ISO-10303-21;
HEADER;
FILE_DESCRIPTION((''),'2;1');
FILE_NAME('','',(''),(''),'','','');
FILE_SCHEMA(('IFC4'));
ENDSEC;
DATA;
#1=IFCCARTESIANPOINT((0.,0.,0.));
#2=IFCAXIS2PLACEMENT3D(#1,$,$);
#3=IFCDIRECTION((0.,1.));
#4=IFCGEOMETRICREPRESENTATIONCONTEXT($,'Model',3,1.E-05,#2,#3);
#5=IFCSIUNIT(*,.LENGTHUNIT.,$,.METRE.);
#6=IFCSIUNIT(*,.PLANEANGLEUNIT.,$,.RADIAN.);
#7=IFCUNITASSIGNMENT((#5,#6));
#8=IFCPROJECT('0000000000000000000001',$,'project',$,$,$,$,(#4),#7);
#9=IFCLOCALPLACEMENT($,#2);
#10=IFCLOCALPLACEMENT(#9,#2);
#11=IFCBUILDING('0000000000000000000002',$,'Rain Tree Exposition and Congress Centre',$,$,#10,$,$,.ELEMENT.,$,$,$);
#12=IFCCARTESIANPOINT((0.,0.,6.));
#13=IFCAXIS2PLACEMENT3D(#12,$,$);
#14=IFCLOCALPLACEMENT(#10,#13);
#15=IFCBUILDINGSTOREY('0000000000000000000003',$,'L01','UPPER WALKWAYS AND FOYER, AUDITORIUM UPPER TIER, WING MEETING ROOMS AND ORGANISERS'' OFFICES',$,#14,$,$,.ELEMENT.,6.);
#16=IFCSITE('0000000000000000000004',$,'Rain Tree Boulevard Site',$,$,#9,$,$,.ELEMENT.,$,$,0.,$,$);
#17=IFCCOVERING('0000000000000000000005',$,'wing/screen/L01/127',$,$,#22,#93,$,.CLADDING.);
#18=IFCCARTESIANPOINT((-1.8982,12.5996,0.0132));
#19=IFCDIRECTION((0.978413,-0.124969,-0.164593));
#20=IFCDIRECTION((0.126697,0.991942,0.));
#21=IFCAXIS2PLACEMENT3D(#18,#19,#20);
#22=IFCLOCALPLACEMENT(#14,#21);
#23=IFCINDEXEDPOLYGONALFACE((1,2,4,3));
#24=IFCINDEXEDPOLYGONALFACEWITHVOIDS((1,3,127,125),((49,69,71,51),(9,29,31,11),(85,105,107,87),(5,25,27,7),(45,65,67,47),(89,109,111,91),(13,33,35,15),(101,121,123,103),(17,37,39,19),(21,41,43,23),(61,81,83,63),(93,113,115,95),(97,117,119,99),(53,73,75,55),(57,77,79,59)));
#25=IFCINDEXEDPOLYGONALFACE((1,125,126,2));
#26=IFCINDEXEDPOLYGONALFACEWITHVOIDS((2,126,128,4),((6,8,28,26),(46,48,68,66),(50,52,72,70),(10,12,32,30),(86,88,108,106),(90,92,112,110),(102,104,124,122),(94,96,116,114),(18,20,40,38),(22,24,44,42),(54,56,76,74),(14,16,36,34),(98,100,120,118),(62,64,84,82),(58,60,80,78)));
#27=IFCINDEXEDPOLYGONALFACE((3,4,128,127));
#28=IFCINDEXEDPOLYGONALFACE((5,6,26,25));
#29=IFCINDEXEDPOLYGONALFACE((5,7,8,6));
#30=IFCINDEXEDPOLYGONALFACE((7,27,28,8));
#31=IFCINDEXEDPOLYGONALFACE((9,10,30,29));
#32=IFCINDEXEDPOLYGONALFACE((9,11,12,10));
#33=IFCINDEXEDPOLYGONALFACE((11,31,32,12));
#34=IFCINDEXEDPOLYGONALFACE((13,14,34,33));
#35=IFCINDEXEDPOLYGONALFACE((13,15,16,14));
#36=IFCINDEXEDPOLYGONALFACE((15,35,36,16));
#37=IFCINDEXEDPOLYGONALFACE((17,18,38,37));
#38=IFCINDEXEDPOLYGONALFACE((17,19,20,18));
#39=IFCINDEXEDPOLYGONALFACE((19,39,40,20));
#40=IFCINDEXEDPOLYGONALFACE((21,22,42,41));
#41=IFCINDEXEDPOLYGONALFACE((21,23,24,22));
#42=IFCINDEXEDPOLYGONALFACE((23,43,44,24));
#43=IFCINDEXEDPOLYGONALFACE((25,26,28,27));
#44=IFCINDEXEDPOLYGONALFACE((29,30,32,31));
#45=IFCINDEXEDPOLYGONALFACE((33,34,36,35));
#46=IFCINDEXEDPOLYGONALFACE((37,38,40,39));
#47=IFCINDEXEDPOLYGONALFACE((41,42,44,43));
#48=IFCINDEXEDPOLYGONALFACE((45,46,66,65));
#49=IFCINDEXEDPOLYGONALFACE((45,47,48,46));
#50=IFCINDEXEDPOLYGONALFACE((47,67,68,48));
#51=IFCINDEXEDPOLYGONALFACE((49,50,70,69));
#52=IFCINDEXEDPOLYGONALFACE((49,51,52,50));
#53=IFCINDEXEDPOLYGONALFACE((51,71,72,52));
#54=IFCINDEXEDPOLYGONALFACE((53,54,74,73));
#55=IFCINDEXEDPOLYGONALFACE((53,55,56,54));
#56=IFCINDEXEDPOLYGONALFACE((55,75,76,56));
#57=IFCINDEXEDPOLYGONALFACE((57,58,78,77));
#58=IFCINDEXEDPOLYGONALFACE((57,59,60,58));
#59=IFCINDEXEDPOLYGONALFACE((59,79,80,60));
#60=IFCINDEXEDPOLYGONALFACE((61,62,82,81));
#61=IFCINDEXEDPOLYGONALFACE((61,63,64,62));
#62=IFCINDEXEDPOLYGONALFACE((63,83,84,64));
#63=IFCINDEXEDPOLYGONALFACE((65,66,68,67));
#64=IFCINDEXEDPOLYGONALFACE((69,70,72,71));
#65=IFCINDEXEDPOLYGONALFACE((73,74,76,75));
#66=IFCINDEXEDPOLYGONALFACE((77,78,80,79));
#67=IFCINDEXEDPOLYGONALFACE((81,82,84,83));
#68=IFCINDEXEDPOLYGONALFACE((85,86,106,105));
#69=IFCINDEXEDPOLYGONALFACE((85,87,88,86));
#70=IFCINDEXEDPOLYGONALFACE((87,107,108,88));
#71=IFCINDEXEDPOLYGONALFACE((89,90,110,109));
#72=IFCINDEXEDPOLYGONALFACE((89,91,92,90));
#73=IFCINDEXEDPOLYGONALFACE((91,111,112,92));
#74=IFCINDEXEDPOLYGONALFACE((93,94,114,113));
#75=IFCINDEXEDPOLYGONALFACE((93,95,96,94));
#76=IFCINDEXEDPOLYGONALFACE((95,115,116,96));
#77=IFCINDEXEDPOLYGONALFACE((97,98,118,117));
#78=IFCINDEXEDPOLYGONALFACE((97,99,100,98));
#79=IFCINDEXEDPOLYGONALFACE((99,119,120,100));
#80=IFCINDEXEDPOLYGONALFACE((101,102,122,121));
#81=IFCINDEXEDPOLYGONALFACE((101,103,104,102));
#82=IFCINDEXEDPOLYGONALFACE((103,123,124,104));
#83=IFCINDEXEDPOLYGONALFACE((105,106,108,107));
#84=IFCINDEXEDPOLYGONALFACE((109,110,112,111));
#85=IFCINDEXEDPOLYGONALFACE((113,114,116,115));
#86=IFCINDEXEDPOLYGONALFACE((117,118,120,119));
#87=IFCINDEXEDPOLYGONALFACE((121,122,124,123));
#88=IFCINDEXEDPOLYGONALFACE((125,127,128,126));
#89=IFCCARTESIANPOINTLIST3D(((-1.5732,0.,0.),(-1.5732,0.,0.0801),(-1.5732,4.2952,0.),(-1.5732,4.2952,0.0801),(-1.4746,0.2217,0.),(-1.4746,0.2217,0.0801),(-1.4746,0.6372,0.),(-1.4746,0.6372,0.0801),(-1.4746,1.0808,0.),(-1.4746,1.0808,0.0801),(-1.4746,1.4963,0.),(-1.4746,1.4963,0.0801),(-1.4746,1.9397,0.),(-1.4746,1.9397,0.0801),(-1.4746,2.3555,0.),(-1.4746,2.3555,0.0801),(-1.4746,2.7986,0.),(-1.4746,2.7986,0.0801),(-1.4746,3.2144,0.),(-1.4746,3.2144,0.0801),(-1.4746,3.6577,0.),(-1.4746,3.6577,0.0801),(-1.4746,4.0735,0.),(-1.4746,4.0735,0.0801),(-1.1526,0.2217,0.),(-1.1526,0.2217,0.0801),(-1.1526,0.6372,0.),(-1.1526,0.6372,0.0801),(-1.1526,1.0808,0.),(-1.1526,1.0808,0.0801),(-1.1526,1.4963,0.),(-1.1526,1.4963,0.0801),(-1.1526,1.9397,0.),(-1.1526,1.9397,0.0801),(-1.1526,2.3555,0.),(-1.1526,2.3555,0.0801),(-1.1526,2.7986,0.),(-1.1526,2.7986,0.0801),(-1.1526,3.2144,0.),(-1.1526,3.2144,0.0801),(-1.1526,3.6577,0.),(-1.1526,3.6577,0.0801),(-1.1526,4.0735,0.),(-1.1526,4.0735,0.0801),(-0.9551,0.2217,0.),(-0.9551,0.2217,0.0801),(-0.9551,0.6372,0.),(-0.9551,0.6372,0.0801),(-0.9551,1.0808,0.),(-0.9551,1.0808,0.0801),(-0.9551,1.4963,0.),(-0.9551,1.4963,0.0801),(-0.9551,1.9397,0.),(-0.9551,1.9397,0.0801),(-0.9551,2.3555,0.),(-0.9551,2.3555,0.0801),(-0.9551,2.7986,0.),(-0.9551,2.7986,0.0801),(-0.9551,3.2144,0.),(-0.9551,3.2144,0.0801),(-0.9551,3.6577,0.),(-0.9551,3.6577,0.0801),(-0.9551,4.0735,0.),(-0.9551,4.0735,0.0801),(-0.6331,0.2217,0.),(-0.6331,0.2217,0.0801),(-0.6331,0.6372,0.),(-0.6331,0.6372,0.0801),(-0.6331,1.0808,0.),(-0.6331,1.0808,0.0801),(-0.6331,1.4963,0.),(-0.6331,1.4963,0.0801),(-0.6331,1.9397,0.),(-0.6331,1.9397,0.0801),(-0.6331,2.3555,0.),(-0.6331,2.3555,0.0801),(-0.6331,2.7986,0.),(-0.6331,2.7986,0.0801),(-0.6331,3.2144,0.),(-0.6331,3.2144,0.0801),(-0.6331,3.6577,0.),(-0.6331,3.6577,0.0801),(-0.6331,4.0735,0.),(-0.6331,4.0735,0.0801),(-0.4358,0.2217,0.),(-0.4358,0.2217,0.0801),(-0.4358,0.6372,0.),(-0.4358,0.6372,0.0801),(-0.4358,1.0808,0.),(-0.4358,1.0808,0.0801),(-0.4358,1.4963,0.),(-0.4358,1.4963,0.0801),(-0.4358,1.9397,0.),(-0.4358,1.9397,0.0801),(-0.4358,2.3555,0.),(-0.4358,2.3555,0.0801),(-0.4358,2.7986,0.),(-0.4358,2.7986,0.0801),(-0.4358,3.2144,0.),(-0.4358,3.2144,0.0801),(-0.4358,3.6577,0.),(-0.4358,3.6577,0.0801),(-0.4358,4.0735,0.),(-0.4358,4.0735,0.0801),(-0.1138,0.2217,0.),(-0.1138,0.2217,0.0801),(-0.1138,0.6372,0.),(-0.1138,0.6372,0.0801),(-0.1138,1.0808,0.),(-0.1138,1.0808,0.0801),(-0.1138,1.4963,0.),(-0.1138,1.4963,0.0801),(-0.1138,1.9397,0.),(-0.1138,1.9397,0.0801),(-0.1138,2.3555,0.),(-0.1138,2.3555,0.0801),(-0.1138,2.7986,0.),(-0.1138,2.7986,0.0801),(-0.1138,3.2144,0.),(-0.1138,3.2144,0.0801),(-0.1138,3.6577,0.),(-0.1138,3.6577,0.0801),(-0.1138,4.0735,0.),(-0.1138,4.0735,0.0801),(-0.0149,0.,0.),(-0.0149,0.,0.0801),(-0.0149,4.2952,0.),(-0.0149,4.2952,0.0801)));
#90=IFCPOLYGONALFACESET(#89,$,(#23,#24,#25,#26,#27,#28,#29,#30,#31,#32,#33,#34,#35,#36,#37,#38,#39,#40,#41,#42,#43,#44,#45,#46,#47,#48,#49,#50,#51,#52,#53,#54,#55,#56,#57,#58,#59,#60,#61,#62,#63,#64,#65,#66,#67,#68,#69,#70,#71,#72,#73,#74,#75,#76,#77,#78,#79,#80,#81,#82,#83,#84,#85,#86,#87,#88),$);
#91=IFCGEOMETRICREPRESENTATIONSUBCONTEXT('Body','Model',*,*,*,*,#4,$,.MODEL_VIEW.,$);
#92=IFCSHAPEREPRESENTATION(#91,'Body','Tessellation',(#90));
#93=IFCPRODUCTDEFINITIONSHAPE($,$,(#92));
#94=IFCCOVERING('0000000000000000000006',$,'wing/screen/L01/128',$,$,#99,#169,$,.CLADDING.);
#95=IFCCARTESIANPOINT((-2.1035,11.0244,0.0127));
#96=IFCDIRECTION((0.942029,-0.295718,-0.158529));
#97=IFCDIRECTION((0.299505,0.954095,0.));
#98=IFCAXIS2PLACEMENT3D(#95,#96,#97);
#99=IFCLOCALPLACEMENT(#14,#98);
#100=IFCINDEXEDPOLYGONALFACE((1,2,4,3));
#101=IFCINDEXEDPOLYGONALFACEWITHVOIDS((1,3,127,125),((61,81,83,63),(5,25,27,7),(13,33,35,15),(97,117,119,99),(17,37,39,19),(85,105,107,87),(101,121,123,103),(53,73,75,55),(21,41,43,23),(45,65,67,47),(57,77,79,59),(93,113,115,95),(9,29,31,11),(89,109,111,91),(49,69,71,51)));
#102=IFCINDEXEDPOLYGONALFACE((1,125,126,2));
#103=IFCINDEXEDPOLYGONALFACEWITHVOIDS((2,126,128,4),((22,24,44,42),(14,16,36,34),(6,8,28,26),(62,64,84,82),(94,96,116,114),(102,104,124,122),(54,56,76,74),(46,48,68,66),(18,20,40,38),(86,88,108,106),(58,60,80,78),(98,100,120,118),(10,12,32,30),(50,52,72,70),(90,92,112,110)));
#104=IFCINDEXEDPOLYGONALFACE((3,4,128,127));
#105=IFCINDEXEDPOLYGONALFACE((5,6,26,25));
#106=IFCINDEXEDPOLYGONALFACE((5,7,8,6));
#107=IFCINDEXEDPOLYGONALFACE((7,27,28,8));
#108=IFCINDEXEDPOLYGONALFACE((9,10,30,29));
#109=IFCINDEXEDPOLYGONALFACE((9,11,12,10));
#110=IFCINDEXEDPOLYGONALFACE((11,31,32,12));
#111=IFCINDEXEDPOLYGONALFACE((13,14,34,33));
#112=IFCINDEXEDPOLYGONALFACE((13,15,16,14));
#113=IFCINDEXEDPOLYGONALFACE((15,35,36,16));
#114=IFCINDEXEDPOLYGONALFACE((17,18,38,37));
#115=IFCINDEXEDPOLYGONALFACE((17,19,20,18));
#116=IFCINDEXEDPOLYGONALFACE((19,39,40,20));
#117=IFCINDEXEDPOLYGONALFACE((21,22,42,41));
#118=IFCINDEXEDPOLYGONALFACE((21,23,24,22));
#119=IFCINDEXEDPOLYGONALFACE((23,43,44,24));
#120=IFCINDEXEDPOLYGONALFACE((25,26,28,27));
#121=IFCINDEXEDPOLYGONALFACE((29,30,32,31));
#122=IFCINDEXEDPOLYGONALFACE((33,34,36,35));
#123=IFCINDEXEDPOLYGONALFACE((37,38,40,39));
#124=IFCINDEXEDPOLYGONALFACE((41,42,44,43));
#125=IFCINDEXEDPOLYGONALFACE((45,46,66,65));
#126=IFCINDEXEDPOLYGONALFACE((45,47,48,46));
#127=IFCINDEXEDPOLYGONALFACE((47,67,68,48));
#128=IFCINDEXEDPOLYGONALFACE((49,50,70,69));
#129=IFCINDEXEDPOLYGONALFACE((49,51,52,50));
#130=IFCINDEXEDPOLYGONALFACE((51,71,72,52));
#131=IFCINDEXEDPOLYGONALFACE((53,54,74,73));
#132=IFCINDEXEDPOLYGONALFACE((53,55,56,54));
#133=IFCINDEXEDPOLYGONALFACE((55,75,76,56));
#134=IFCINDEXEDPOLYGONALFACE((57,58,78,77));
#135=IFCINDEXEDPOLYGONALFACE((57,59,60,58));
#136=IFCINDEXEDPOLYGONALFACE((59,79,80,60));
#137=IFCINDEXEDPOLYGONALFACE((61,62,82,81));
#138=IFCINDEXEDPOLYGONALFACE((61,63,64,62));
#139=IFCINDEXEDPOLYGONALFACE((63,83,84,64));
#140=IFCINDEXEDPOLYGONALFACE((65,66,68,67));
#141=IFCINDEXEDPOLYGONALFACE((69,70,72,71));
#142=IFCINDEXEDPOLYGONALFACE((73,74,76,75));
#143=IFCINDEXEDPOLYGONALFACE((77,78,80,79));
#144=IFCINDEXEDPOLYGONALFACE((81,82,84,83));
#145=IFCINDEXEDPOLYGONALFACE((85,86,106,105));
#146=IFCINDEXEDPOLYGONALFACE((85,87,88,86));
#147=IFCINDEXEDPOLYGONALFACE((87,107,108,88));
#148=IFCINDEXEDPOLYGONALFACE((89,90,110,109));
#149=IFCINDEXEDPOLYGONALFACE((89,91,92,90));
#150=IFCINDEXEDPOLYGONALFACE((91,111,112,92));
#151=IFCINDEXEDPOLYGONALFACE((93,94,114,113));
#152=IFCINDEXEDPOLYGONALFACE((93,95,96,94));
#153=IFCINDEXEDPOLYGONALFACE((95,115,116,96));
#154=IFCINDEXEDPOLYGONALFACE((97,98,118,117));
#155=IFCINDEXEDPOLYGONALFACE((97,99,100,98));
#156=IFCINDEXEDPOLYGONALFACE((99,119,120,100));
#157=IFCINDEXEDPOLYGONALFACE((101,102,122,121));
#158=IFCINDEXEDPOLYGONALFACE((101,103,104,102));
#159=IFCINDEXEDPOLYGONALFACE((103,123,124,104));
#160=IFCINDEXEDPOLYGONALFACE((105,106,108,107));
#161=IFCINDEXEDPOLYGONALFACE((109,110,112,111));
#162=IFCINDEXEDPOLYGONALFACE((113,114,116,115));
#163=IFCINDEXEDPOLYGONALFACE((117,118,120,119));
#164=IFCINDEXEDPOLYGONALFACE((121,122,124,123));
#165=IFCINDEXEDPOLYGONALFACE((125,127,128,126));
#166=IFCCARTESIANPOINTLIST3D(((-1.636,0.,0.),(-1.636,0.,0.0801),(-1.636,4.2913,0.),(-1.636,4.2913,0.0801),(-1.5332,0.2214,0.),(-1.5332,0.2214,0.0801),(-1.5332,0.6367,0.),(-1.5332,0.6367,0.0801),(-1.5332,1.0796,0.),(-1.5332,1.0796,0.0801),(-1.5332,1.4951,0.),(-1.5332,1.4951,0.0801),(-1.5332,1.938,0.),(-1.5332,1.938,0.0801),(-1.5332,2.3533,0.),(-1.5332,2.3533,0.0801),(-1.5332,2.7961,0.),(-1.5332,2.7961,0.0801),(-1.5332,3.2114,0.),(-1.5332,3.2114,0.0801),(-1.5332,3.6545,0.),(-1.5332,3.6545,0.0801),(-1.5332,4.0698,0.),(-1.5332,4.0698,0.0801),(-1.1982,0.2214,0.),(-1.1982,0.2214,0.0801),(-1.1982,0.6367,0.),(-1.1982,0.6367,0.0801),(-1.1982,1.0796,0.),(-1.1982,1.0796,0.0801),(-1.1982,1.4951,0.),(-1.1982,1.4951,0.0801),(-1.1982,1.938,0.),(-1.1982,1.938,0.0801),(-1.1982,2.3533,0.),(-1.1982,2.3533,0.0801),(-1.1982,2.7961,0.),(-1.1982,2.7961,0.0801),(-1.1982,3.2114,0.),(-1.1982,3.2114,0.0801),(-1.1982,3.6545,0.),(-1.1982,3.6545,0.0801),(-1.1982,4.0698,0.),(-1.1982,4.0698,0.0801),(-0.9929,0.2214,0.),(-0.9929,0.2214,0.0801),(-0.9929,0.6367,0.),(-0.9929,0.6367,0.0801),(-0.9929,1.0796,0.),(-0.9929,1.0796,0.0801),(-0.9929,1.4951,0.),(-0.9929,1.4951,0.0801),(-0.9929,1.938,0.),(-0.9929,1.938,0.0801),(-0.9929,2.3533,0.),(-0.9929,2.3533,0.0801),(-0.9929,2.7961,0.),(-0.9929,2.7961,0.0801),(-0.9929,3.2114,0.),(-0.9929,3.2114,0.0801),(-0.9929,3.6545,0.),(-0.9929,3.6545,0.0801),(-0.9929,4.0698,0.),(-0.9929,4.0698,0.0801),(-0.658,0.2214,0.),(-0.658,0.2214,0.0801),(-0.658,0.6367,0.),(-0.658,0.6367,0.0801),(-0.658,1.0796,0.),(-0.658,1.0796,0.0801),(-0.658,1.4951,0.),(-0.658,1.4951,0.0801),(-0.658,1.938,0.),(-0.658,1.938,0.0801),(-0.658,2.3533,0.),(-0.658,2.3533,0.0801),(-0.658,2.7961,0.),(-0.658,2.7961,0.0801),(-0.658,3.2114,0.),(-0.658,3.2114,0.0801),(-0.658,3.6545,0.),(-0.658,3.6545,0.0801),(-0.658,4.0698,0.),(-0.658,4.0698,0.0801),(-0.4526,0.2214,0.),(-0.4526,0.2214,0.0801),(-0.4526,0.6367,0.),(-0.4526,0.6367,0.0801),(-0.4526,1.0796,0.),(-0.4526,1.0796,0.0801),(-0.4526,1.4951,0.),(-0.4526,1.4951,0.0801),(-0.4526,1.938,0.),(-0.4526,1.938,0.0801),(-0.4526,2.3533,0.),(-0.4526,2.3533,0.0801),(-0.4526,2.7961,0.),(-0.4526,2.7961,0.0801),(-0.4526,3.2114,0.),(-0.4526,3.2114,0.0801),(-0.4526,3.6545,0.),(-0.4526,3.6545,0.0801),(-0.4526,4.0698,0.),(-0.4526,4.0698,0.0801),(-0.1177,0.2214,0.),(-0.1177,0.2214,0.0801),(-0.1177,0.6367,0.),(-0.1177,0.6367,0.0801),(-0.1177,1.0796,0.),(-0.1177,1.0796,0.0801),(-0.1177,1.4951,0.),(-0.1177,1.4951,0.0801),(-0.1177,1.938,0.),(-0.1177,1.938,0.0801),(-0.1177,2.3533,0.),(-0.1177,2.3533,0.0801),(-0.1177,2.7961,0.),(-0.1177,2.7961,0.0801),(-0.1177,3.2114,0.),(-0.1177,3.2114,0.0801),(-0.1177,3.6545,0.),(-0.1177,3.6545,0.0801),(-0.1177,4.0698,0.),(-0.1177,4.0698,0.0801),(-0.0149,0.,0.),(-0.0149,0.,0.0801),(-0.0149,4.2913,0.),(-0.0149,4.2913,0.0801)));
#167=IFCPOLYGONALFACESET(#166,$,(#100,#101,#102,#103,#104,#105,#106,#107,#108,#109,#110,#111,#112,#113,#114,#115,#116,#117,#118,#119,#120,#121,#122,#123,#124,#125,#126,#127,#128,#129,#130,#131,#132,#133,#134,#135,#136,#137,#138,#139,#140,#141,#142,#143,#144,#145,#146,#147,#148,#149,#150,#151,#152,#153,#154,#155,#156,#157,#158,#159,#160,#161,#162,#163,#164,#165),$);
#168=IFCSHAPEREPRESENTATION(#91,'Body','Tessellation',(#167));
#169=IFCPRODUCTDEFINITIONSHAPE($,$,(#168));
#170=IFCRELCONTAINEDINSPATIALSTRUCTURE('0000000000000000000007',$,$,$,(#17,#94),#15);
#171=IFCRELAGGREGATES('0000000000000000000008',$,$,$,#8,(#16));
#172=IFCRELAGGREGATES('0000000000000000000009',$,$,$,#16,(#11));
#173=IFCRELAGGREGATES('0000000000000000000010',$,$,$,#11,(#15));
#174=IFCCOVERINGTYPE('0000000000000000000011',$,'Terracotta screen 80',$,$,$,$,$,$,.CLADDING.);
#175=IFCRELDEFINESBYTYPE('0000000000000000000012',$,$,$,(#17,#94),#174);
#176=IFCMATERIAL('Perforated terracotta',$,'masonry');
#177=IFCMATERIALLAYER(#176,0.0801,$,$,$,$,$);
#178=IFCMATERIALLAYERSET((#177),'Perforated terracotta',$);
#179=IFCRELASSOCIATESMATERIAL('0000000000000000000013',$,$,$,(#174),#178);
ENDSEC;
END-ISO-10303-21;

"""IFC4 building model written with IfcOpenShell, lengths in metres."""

from ifc_helpers import new_model, si_unit, direction, frame, origin, place, context, subcontext, project, spatial, polyline, outline, extrude, material, layer, layer_set, type_object, element, save


model = new_model("IFC4")

# Units and contexts
model_context = context("Model", 3, precision=1e-05, world=origin(), true_north=direction((0.0, 1.0)))
body_context = subcontext(model_context, "Body", "Model", "MODEL_VIEW")
ifc_project = project(units=[si_unit("LENGTHUNIT", "METRE"), si_unit("PLANEANGLEUNIT", "RADIAN")], contexts=[model_context])

# Site, building, storey
site_placement = place(None, origin())
site = spatial("IfcSite", under=ifc_project, at=site_placement, Name="Rain Tree Boulevard Site", CompositionType="ELEMENT", RefElevation=0.0)
building_placement = place(site_placement, origin())
building = spatial("IfcBuilding", under=site, at=building_placement, Name="Rain Tree Exposition and Congress Centre", CompositionType="ELEMENT")
storey_placement = place(building_placement, frame((0.0, 0.0, 6.0)))
storey = spatial("IfcBuildingStorey", under=building, at=storey_placement, Name="L01", Description="UPPER WALKWAYS AND FOYER, AUDITORIUM UPPER TIER, WING MEETING ROOMS AND ORGANISERS' OFFICES", CompositionType="ELEMENT", Elevation=6.0)

# Coverings
ifc_material_1 = material(Name="Perforated terracotta", Category="masonry")
ifc_layer_1 = layer(ifc_material_1, 0.0801)
ifc_layer_set_1 = layer_set([ifc_layer_1], Name="Perforated terracotta")
covering_type = type_object("IfcCoveringType", Name="Terracotta screen 80", PredefinedType="CLADDING", material=ifc_layer_set_1)
covering_1_placement = place(storey_placement, frame((-1.8982, 12.5996, 0.0132), z_axis=(0.978413, -0.124969, -0.164593), x_axis=(0.126697, 0.991942, 0.0)))
element("IfcCovering", 1, at=covering_1_placement, inside=storey, type_object=covering_type, Name="wing/screen/L01/127", PredefinedType="CLADDING", context=body_context, shape_type="SweptSolid", body=[
    extrude(outline(polyline([(-1.5732, 0.0), (-1.5732, 4.2952), (-0.0149, 4.2952), (-0.0149, 0.0), (-1.5732, 0.0)]), holes=[polyline([(-0.1138, 0.2217), (-0.1138, 0.6372), (-0.4358, 0.6372), (-0.4358, 0.2217), (-0.1138, 0.2217)]), polyline([(-0.1138, 1.0808), (-0.1138, 1.4963), (-0.4358, 1.4963), (-0.4358, 1.0808), (-0.1138, 1.0808)]), polyline([(-0.1138, 1.9397), (-0.1138, 2.3555), (-0.4358, 2.3555), (-0.4358, 1.9397), (-0.1138, 1.9397)]), polyline([(-0.1138, 2.7986), (-0.1138, 3.2144), (-0.4358, 3.2144), (-0.4358, 2.7986), (-0.1138, 2.7986)]), polyline([(-0.1138, 3.6577), (-0.1138, 4.0735), (-0.4358, 4.0735), (-0.4358, 3.6577), (-0.1138, 3.6577)]), polyline([(-0.6331, 0.2217), (-0.6331, 0.6372), (-0.9551, 0.6372), (-0.9551, 0.2217), (-0.6331, 0.2217)]), polyline([(-0.6331, 1.0808), (-0.6331, 1.4963), (-0.9551, 1.4963), (-0.9551, 1.0808), (-0.6331, 1.0808)]), polyline([(-0.6331, 1.9397), (-0.6331, 2.3555), (-0.9551, 2.3555), (-0.9551, 1.9397), (-0.6331, 1.9397)]), polyline([(-0.6331, 2.7986), (-0.6331, 3.2144), (-0.9551, 3.2144), (-0.9551, 2.7986), (-0.6331, 2.7986)]), polyline([(-0.6331, 3.6577), (-0.6331, 4.0735), (-0.9551, 4.0735), (-0.9551, 3.6577), (-0.6331, 3.6577)]), polyline([(-1.1526, 0.2217), (-1.1526, 0.6372), (-1.4746, 0.6372), (-1.4746, 0.2217), (-1.1526, 0.2217)]), polyline([(-1.1526, 1.0808), (-1.1526, 1.4963), (-1.4746, 1.4963), (-1.4746, 1.0808), (-1.1526, 1.0808)]), polyline([(-1.1526, 1.9397), (-1.1526, 2.3555), (-1.4746, 2.3555), (-1.4746, 1.9397), (-1.1526, 1.9397)]), polyline([(-1.1526, 2.7986), (-1.1526, 3.2144), (-1.4746, 3.2144), (-1.4746, 2.7986), (-1.1526, 2.7986)]), polyline([(-1.1526, 3.6577), (-1.1526, 4.0735), (-1.4746, 4.0735), (-1.4746, 3.6577), (-1.1526, 3.6577)])]), origin(), (0.0, 0.0, 1.0), 0.0801),
])
covering_2_placement = place(storey_placement, frame((-2.1035, 11.0244, 0.0127), z_axis=(0.942029, -0.295718, -0.158529), x_axis=(0.299505, 0.954095, 0.0)))
element("IfcCovering", 2, at=covering_2_placement, inside=storey, type_object=covering_type, Name="wing/screen/L01/128", PredefinedType="CLADDING", context=body_context, shape_type="SweptSolid", body=[
    extrude(outline(polyline([(-1.636, 0.0), (-1.636, 4.2913), (-0.0149, 4.2913), (-0.0149, 0.0), (-1.636, 0.0)]), holes=[polyline([(-0.1177, 0.2214), (-0.1177, 0.6367), (-0.4526, 0.6367), (-0.4526, 0.2214), (-0.1177, 0.2214)]), polyline([(-0.1177, 1.0796), (-0.1177, 1.4951), (-0.4526, 1.4951), (-0.4526, 1.0796), (-0.1177, 1.0796)]), polyline([(-0.1177, 1.938), (-0.1177, 2.3533), (-0.4526, 2.3533), (-0.4526, 1.938), (-0.1177, 1.938)]), polyline([(-0.1177, 2.7961), (-0.1177, 3.2114), (-0.4526, 3.2114), (-0.4526, 2.7961), (-0.1177, 2.7961)]), polyline([(-0.1177, 3.6545), (-0.1177, 4.0698), (-0.4526, 4.0698), (-0.4526, 3.6545), (-0.1177, 3.6545)]), polyline([(-0.658, 0.2214), (-0.658, 0.6367), (-0.9929, 0.6367), (-0.9929, 0.2214), (-0.658, 0.2214)]), polyline([(-0.658, 1.0796), (-0.658, 1.4951), (-0.9929, 1.4951), (-0.9929, 1.0796), (-0.658, 1.0796)]), polyline([(-0.658, 1.938), (-0.658, 2.3533), (-0.9929, 2.3533), (-0.9929, 1.938), (-0.658, 1.938)]), polyline([(-0.658, 2.7961), (-0.658, 3.2114), (-0.9929, 3.2114), (-0.9929, 2.7961), (-0.658, 2.7961)]), polyline([(-0.658, 3.6545), (-0.658, 4.0698), (-0.9929, 4.0698), (-0.9929, 3.6545), (-0.658, 3.6545)]), polyline([(-1.1982, 0.2214), (-1.1982, 0.6367), (-1.5332, 0.6367), (-1.5332, 0.2214), (-1.1982, 0.2214)]), polyline([(-1.1982, 1.0796), (-1.1982, 1.4951), (-1.5332, 1.4951), (-1.5332, 1.0796), (-1.1982, 1.0796)]), polyline([(-1.1982, 1.938), (-1.1982, 2.3533), (-1.5332, 2.3533), (-1.5332, 1.938), (-1.1982, 1.938)]), polyline([(-1.1982, 2.7961), (-1.1982, 3.2114), (-1.5332, 3.2114), (-1.5332, 2.7961), (-1.1982, 2.7961)]), polyline([(-1.1982, 3.6545), (-1.1982, 4.0698), (-1.5332, 4.0698), (-1.5332, 3.6545), (-1.1982, 3.6545)])]), origin(), (0.0, 0.0, 1.0), 0.0801),
])

save(model, "model.ifc")
